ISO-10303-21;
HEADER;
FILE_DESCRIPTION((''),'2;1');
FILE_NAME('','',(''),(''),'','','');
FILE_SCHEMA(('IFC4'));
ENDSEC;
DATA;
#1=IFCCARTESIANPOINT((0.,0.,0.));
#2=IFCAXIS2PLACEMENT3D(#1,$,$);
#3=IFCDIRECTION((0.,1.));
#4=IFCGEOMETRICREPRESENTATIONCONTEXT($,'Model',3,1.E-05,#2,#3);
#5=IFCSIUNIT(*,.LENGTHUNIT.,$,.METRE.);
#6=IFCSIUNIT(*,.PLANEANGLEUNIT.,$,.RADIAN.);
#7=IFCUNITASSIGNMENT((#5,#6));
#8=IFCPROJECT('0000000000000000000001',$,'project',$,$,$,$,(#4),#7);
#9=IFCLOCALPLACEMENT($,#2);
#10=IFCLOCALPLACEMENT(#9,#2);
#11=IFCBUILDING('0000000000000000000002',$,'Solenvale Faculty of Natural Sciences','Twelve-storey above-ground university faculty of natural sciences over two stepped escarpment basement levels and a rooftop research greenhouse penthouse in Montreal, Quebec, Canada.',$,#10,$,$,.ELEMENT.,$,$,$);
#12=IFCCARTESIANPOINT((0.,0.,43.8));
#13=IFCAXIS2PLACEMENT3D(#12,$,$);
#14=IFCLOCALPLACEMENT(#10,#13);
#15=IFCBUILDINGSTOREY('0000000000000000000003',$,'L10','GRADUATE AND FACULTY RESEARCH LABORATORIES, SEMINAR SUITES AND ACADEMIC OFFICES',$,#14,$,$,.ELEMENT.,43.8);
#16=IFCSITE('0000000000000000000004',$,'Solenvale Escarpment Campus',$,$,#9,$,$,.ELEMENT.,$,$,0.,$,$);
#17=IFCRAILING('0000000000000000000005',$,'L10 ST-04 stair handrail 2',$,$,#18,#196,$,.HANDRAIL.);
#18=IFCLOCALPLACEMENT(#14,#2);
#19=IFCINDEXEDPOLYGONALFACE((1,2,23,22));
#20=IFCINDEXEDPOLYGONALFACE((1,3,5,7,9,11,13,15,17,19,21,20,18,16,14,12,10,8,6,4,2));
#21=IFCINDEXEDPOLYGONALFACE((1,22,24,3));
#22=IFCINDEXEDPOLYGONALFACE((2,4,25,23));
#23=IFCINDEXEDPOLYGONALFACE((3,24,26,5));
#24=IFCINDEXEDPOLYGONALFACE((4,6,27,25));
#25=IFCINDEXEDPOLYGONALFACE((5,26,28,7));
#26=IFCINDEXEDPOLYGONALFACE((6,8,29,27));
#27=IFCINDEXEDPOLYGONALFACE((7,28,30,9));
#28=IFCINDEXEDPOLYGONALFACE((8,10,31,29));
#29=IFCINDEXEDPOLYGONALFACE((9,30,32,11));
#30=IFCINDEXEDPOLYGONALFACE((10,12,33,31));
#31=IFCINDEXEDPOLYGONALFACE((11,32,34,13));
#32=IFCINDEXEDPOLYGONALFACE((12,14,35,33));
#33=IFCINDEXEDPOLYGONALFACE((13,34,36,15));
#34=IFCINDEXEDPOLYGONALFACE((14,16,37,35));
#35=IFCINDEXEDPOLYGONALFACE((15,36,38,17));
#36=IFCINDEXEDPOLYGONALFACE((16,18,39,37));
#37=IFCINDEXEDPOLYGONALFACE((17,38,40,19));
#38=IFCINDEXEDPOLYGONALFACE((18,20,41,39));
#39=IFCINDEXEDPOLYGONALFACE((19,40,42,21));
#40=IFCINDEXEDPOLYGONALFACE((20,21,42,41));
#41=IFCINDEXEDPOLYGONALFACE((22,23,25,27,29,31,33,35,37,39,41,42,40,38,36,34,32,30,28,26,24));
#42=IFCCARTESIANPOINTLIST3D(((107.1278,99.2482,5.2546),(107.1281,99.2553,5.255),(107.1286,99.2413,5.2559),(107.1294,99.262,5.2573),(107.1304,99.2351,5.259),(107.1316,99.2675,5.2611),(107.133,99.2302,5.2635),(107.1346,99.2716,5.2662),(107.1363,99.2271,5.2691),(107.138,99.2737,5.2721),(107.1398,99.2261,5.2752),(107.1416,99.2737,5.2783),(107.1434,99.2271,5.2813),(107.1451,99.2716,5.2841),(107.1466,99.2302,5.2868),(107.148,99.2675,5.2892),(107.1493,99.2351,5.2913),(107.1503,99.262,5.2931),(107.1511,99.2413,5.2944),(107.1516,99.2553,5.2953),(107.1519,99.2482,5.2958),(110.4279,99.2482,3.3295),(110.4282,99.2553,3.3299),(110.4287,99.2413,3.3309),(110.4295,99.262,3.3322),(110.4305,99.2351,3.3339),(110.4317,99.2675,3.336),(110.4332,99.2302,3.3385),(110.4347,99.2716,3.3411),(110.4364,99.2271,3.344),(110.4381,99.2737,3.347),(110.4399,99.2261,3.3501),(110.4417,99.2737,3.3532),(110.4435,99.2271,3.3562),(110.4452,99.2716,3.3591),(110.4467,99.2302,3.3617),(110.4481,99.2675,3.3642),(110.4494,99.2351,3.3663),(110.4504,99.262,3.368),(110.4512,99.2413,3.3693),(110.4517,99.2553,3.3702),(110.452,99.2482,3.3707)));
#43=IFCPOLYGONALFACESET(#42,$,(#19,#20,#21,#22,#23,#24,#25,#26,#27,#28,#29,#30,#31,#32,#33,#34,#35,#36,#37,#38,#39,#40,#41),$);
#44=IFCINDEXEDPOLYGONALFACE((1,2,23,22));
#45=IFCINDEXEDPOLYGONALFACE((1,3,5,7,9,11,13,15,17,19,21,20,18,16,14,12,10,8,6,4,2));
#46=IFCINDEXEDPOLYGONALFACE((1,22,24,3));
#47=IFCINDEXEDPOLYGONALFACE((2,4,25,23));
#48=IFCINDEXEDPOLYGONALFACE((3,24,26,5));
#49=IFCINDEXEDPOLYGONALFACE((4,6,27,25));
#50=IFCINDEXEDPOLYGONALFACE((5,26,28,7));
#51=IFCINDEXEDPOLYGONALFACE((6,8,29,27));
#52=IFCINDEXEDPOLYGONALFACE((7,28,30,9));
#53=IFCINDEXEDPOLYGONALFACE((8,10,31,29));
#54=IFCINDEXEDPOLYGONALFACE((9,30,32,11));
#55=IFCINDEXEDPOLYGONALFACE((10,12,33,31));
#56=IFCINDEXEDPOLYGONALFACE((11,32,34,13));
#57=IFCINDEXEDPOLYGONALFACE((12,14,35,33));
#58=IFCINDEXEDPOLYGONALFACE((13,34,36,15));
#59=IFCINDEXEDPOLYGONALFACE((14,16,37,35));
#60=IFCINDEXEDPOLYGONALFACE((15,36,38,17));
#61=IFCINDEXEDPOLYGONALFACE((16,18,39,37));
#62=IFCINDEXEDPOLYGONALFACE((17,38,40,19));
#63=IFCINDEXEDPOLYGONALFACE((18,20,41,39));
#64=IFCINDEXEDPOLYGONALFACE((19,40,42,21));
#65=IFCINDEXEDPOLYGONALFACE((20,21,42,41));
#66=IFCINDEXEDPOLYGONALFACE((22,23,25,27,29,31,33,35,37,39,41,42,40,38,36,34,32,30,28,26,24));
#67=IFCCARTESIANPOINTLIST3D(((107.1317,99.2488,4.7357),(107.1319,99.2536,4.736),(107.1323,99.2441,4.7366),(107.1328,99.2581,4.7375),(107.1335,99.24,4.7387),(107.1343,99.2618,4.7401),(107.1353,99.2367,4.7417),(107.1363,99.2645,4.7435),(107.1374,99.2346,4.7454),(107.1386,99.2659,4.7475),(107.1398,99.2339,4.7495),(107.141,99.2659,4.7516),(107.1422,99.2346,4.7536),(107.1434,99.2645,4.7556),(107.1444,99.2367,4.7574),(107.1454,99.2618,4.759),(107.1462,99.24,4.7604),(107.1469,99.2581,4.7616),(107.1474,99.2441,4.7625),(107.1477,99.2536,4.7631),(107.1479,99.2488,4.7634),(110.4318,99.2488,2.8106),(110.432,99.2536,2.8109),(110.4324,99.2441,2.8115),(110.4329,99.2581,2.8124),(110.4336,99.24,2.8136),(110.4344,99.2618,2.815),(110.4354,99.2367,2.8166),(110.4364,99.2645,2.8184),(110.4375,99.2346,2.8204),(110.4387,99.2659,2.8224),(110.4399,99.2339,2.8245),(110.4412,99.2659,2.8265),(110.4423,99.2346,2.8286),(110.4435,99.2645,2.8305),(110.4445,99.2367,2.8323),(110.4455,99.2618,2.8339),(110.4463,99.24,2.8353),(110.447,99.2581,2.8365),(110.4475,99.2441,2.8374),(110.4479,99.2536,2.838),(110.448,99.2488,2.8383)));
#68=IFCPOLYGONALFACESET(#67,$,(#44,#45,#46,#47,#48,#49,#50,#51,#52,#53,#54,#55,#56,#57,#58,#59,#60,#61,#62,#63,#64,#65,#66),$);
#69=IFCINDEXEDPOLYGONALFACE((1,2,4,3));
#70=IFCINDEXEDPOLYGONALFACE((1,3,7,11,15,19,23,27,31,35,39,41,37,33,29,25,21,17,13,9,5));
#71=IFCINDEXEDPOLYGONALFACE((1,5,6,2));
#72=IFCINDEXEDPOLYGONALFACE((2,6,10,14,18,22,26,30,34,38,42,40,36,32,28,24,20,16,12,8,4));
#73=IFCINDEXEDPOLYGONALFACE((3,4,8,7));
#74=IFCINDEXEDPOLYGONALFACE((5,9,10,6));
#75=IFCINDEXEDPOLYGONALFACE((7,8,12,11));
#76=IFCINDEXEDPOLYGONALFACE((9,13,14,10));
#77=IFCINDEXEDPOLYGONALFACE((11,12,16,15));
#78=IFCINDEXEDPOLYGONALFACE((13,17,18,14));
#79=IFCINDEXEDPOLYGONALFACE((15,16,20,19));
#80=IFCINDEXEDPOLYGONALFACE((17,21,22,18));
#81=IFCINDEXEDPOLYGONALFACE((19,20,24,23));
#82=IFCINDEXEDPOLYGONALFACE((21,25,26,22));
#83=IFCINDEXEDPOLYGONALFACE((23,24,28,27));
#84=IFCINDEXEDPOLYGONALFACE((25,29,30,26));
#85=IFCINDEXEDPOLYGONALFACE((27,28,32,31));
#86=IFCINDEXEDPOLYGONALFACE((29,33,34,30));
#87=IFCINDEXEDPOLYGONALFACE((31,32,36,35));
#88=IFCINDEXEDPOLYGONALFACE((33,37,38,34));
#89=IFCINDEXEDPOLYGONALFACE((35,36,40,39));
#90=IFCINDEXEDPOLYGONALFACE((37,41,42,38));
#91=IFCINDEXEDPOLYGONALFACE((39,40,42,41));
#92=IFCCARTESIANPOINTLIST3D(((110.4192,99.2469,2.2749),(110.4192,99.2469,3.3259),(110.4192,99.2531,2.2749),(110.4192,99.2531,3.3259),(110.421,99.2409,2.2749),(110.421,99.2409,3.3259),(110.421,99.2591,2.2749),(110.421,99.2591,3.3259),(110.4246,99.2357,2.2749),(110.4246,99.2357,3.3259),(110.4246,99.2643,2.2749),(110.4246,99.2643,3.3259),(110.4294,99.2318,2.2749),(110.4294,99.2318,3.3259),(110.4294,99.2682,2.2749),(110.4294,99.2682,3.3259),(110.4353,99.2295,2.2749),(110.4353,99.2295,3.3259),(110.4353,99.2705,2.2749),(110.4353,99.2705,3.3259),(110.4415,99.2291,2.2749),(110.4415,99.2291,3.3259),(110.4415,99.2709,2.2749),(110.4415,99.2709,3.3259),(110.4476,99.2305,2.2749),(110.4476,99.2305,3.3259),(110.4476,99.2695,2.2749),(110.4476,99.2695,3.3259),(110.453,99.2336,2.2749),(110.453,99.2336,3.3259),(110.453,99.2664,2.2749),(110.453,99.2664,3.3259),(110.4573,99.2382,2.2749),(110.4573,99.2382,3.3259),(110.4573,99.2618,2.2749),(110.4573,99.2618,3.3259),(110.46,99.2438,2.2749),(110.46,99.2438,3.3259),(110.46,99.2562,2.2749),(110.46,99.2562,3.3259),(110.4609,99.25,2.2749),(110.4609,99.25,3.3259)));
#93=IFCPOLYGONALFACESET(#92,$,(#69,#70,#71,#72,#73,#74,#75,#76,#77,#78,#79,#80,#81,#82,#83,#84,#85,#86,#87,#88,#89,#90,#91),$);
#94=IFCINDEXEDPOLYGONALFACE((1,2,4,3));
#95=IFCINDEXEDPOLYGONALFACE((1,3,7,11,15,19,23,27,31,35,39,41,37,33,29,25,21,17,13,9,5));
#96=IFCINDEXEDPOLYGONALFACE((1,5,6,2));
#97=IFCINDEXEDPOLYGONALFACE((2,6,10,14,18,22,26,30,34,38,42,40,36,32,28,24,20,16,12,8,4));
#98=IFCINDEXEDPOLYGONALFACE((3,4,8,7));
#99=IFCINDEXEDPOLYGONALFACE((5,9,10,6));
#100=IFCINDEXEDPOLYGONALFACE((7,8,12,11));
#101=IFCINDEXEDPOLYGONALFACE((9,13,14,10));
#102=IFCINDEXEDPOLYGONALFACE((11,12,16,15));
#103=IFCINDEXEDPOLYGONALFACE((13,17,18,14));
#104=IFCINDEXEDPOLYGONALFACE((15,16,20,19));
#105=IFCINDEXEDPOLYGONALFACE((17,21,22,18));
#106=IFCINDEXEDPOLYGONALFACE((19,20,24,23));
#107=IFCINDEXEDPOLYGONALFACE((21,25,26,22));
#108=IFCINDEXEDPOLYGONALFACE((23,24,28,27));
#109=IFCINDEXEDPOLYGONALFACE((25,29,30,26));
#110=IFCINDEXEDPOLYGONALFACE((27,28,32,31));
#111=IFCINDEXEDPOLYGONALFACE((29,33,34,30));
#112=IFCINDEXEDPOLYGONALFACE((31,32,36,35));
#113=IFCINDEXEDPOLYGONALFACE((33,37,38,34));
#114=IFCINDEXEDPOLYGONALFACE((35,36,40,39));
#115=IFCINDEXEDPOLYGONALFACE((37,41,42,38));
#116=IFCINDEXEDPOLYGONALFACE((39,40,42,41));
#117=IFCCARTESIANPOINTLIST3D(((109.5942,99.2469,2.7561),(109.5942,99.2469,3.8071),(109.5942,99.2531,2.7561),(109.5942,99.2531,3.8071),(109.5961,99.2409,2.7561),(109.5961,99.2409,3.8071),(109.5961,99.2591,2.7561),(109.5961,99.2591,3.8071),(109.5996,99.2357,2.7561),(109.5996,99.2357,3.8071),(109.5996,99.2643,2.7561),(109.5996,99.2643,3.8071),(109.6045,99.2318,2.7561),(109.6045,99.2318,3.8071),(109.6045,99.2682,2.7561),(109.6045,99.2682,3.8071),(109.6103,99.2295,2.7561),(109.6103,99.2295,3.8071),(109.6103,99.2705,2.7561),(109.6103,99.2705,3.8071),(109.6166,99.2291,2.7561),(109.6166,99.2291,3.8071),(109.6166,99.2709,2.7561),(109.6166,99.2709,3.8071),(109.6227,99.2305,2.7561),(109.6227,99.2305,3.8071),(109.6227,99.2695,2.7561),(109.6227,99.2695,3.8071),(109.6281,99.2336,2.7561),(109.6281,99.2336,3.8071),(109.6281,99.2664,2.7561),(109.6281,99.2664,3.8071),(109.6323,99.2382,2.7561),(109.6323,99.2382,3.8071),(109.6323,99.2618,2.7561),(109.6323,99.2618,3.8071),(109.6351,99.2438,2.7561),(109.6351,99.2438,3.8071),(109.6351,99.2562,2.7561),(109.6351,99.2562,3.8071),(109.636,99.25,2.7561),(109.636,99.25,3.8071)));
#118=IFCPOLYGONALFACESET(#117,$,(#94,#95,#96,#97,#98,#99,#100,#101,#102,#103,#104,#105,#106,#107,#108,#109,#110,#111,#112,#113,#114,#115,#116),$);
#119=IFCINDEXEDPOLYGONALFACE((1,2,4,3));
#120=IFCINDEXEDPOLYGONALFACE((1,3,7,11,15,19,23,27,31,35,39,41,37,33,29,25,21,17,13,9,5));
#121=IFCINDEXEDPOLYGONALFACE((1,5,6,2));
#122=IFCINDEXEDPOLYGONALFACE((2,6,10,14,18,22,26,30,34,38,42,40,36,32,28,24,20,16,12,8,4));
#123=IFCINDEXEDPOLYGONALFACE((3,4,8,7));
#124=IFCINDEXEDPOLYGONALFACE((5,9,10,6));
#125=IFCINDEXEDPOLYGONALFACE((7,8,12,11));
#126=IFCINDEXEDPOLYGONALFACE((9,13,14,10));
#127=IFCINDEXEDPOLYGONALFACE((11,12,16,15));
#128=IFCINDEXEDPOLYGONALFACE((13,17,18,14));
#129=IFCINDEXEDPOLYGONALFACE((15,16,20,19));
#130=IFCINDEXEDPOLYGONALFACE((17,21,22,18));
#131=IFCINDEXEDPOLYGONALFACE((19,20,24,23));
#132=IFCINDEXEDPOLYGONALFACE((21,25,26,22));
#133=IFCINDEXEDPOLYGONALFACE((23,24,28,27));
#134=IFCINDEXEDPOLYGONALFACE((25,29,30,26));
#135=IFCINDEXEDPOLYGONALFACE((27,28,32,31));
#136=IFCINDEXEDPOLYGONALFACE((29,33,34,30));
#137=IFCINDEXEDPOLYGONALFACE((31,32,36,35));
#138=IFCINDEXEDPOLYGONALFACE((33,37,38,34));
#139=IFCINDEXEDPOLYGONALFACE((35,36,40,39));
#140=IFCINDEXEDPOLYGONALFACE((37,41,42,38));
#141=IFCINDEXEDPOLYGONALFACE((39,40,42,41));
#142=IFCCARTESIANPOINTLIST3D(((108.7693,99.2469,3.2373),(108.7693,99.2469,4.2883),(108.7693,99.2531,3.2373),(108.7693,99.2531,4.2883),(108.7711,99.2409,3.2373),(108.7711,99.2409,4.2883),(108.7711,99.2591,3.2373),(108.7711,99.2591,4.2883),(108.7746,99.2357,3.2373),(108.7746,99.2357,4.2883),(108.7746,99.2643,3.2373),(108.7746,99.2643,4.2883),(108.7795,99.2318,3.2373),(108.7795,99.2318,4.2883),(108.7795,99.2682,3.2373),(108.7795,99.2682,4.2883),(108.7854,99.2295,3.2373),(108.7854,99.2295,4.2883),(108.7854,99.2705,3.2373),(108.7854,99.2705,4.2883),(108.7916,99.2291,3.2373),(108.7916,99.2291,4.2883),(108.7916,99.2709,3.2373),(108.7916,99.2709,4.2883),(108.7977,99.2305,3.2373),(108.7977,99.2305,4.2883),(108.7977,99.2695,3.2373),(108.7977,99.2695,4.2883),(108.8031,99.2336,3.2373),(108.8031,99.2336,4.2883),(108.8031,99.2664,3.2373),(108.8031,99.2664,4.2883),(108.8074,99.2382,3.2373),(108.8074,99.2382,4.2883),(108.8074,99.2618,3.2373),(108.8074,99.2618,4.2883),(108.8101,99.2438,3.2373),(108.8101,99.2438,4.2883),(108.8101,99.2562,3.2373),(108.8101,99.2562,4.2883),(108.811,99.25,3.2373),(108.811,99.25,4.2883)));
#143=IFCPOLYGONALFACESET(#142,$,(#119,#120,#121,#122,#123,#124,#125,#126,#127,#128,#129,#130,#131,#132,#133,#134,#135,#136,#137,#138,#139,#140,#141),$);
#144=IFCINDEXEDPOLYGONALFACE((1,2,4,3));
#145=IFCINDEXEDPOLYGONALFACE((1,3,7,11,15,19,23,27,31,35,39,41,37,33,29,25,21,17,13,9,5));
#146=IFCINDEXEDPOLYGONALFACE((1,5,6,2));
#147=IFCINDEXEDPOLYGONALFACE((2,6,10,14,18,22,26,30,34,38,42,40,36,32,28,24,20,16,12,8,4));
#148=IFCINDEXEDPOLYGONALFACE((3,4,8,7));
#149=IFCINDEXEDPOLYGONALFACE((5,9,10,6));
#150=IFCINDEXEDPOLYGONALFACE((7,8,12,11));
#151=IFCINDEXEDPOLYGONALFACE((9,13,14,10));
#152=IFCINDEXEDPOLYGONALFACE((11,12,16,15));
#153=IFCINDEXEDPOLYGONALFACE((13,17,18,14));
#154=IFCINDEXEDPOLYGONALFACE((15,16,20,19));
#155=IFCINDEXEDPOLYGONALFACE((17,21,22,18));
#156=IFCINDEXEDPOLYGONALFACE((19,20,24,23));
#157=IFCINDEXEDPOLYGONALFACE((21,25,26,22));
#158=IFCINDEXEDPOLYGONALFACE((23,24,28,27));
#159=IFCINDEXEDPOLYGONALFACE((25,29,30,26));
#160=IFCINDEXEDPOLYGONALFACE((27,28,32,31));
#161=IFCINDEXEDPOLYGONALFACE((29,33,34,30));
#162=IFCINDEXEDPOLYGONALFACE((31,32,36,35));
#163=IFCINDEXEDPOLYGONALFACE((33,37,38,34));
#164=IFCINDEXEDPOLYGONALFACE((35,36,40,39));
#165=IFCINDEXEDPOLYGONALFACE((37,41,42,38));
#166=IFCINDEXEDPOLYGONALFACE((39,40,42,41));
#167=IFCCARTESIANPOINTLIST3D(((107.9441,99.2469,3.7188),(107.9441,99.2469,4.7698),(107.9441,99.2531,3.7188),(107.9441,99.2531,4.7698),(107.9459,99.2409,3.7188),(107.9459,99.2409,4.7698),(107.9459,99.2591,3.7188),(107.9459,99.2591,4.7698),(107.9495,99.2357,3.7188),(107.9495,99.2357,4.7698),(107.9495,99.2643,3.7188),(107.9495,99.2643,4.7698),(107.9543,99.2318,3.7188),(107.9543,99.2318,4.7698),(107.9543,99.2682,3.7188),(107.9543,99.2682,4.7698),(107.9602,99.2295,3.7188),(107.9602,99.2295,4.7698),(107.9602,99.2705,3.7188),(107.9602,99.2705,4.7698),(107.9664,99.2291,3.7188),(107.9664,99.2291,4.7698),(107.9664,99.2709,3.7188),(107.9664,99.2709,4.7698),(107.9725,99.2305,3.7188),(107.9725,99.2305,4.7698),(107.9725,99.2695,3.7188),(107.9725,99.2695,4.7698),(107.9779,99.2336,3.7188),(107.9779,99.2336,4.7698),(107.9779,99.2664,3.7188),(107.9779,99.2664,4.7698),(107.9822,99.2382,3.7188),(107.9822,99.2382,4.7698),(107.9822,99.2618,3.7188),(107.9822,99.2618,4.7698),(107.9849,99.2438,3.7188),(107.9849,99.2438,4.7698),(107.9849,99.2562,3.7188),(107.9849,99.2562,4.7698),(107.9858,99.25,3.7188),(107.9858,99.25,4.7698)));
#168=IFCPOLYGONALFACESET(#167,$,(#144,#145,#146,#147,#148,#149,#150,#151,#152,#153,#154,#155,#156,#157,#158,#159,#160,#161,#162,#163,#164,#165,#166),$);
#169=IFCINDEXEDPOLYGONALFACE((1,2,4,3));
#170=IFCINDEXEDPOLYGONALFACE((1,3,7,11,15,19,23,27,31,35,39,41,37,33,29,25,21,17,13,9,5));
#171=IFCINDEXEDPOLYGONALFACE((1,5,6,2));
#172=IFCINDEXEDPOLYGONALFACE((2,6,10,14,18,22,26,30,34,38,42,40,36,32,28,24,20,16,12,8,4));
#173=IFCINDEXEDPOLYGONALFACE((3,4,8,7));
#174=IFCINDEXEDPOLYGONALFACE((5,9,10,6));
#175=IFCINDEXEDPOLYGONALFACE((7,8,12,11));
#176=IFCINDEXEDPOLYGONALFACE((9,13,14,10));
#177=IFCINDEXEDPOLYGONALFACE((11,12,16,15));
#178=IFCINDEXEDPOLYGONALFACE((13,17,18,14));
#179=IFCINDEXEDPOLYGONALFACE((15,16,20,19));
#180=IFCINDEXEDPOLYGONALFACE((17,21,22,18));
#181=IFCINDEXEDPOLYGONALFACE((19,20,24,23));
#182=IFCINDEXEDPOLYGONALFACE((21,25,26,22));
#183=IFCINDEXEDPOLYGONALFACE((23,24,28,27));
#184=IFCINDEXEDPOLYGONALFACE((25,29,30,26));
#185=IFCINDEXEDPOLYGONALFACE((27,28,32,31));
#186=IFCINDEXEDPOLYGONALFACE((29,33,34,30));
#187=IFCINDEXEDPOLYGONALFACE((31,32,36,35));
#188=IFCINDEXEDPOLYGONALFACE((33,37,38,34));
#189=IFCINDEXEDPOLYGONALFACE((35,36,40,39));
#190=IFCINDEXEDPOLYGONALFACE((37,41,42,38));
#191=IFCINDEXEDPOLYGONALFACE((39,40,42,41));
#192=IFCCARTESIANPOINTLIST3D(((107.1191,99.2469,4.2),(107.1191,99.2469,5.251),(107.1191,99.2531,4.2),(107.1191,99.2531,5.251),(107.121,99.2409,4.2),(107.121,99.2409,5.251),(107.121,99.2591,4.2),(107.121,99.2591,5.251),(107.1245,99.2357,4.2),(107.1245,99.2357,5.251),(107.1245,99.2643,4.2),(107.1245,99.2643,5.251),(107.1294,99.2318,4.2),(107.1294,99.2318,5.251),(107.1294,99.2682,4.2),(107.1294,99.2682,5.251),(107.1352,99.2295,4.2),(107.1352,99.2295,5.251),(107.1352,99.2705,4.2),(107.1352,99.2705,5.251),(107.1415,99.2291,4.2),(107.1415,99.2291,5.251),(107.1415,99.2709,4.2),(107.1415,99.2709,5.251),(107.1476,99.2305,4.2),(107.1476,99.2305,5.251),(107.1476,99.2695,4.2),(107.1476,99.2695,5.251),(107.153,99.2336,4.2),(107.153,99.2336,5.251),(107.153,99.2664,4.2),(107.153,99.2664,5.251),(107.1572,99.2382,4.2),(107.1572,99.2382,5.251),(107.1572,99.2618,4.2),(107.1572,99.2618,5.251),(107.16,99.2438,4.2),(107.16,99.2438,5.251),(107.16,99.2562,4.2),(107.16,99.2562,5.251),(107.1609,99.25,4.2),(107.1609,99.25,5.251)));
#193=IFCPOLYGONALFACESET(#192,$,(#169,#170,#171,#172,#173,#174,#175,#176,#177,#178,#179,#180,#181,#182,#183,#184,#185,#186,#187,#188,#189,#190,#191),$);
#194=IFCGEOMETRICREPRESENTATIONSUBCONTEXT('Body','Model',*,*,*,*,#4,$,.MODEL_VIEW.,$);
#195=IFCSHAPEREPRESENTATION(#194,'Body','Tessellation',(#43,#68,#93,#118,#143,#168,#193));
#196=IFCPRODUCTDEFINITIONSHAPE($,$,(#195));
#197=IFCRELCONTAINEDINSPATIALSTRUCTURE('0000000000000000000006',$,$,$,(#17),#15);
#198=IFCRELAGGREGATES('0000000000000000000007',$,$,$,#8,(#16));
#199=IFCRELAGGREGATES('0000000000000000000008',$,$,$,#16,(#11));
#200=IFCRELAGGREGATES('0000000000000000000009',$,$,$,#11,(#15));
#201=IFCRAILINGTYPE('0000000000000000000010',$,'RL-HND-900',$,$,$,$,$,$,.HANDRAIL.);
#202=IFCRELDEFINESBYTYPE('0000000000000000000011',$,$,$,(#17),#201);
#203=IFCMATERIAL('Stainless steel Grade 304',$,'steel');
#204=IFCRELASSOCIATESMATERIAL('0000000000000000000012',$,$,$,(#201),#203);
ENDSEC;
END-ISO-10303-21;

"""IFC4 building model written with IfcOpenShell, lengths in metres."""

from ifc_helpers import new_model, si_unit, direction, frame, origin, origin_2d, place, context, subcontext, project, spatial, circle, extrude, material, type_object, element, save


model = new_model("IFC4")

# Units and contexts
model_context = context("Model", 3, precision=1e-05, world=origin(), true_north=direction((0.0, 1.0)))
body_context = subcontext(model_context, "Body", "Model", "MODEL_VIEW")
ifc_project = project(units=[si_unit("LENGTHUNIT", "METRE"), si_unit("PLANEANGLEUNIT", "RADIAN")], contexts=[model_context])

# Site, building, storey
site_placement = place(None, origin())
site = spatial("IfcSite", under=ifc_project, at=site_placement, Name="Solenvale Escarpment Campus", CompositionType="ELEMENT", RefElevation=0.0)
building_placement = place(site_placement, origin())
building = spatial("IfcBuilding", under=site, at=building_placement, Name="Solenvale Faculty of Natural Sciences", Description="Twelve-storey above-ground university faculty of natural sciences over two stepped escarpment basement levels and a rooftop research greenhouse penthouse in Montreal, Quebec, Canada.", CompositionType="ELEMENT")
storey_placement = place(building_placement, frame((0.0, 0.0, 43.8)))
storey = spatial("IfcBuildingStorey", under=building, at=storey_placement, Name="L10", Description="GRADUATE AND FACULTY RESEARCH LABORATORIES, SEMINAR SUITES AND ACADEMIC OFFICES", CompositionType="ELEMENT", Elevation=43.8)

# Railing
ifc_material_1 = material(Name="Stainless steel Grade 304", Category="steel")
railing_type_1 = type_object("IfcRailingType", Name="RL-HND-900", PredefinedType="HANDRAIL", material=ifc_material_1)
railing_1_placement = place(storey_placement, frame((110.4399, 99.25, 2.2749)))
element("IfcRailing", 1, at=railing_1_placement, inside=storey, type_object=railing_type_1, Name="L10 ST-04 stair handrail 2", PredefinedType="HANDRAIL", context=body_context, shape_type="SweptSolid", body=[
    extrude(circle(Radius=0.0239, at=origin_2d()), frame((0.0, 0.0, 1.0752), z_axis=(-0.863777, 0.0, 0.503875), x_axis=(0.0, -1.0, 0.0)), (0.0, 0.0, 1.0), 3.8206),
    extrude(circle(Radius=0.0161, at=origin_2d()), frame((0.0, 0.0, 0.5496), z_axis=(-0.863777, 0.0, 0.503875), x_axis=(0.0, -1.0, 0.0)), (0.0, 0.0, 1.0), 3.8206),
    extrude(circle(Radius=0.021, at=origin_2d()), origin(), (0.0, 0.0, 1.0), 1.051),
    extrude(circle(Radius=0.021, at=origin_2d()), frame((-0.825, 0.0, 0.4812)), (0.0, 0.0, 1.0), 1.051),
    extrude(circle(Radius=0.021, at=origin_2d()), frame((-1.6499, 0.0, 0.9624)), (0.0, 0.0, 1.0), 1.051),
    extrude(circle(Radius=0.021, at=origin_2d()), frame((-2.4751, 0.0, 1.4438)), (0.0, 0.0, 1.0), 1.051),
    extrude(circle(Radius=0.021, at=origin_2d()), frame((-3.3, 0.0, 1.925)), (0.0, 0.0, 1.0), 1.051),
])

save(model, "model.ifc")
